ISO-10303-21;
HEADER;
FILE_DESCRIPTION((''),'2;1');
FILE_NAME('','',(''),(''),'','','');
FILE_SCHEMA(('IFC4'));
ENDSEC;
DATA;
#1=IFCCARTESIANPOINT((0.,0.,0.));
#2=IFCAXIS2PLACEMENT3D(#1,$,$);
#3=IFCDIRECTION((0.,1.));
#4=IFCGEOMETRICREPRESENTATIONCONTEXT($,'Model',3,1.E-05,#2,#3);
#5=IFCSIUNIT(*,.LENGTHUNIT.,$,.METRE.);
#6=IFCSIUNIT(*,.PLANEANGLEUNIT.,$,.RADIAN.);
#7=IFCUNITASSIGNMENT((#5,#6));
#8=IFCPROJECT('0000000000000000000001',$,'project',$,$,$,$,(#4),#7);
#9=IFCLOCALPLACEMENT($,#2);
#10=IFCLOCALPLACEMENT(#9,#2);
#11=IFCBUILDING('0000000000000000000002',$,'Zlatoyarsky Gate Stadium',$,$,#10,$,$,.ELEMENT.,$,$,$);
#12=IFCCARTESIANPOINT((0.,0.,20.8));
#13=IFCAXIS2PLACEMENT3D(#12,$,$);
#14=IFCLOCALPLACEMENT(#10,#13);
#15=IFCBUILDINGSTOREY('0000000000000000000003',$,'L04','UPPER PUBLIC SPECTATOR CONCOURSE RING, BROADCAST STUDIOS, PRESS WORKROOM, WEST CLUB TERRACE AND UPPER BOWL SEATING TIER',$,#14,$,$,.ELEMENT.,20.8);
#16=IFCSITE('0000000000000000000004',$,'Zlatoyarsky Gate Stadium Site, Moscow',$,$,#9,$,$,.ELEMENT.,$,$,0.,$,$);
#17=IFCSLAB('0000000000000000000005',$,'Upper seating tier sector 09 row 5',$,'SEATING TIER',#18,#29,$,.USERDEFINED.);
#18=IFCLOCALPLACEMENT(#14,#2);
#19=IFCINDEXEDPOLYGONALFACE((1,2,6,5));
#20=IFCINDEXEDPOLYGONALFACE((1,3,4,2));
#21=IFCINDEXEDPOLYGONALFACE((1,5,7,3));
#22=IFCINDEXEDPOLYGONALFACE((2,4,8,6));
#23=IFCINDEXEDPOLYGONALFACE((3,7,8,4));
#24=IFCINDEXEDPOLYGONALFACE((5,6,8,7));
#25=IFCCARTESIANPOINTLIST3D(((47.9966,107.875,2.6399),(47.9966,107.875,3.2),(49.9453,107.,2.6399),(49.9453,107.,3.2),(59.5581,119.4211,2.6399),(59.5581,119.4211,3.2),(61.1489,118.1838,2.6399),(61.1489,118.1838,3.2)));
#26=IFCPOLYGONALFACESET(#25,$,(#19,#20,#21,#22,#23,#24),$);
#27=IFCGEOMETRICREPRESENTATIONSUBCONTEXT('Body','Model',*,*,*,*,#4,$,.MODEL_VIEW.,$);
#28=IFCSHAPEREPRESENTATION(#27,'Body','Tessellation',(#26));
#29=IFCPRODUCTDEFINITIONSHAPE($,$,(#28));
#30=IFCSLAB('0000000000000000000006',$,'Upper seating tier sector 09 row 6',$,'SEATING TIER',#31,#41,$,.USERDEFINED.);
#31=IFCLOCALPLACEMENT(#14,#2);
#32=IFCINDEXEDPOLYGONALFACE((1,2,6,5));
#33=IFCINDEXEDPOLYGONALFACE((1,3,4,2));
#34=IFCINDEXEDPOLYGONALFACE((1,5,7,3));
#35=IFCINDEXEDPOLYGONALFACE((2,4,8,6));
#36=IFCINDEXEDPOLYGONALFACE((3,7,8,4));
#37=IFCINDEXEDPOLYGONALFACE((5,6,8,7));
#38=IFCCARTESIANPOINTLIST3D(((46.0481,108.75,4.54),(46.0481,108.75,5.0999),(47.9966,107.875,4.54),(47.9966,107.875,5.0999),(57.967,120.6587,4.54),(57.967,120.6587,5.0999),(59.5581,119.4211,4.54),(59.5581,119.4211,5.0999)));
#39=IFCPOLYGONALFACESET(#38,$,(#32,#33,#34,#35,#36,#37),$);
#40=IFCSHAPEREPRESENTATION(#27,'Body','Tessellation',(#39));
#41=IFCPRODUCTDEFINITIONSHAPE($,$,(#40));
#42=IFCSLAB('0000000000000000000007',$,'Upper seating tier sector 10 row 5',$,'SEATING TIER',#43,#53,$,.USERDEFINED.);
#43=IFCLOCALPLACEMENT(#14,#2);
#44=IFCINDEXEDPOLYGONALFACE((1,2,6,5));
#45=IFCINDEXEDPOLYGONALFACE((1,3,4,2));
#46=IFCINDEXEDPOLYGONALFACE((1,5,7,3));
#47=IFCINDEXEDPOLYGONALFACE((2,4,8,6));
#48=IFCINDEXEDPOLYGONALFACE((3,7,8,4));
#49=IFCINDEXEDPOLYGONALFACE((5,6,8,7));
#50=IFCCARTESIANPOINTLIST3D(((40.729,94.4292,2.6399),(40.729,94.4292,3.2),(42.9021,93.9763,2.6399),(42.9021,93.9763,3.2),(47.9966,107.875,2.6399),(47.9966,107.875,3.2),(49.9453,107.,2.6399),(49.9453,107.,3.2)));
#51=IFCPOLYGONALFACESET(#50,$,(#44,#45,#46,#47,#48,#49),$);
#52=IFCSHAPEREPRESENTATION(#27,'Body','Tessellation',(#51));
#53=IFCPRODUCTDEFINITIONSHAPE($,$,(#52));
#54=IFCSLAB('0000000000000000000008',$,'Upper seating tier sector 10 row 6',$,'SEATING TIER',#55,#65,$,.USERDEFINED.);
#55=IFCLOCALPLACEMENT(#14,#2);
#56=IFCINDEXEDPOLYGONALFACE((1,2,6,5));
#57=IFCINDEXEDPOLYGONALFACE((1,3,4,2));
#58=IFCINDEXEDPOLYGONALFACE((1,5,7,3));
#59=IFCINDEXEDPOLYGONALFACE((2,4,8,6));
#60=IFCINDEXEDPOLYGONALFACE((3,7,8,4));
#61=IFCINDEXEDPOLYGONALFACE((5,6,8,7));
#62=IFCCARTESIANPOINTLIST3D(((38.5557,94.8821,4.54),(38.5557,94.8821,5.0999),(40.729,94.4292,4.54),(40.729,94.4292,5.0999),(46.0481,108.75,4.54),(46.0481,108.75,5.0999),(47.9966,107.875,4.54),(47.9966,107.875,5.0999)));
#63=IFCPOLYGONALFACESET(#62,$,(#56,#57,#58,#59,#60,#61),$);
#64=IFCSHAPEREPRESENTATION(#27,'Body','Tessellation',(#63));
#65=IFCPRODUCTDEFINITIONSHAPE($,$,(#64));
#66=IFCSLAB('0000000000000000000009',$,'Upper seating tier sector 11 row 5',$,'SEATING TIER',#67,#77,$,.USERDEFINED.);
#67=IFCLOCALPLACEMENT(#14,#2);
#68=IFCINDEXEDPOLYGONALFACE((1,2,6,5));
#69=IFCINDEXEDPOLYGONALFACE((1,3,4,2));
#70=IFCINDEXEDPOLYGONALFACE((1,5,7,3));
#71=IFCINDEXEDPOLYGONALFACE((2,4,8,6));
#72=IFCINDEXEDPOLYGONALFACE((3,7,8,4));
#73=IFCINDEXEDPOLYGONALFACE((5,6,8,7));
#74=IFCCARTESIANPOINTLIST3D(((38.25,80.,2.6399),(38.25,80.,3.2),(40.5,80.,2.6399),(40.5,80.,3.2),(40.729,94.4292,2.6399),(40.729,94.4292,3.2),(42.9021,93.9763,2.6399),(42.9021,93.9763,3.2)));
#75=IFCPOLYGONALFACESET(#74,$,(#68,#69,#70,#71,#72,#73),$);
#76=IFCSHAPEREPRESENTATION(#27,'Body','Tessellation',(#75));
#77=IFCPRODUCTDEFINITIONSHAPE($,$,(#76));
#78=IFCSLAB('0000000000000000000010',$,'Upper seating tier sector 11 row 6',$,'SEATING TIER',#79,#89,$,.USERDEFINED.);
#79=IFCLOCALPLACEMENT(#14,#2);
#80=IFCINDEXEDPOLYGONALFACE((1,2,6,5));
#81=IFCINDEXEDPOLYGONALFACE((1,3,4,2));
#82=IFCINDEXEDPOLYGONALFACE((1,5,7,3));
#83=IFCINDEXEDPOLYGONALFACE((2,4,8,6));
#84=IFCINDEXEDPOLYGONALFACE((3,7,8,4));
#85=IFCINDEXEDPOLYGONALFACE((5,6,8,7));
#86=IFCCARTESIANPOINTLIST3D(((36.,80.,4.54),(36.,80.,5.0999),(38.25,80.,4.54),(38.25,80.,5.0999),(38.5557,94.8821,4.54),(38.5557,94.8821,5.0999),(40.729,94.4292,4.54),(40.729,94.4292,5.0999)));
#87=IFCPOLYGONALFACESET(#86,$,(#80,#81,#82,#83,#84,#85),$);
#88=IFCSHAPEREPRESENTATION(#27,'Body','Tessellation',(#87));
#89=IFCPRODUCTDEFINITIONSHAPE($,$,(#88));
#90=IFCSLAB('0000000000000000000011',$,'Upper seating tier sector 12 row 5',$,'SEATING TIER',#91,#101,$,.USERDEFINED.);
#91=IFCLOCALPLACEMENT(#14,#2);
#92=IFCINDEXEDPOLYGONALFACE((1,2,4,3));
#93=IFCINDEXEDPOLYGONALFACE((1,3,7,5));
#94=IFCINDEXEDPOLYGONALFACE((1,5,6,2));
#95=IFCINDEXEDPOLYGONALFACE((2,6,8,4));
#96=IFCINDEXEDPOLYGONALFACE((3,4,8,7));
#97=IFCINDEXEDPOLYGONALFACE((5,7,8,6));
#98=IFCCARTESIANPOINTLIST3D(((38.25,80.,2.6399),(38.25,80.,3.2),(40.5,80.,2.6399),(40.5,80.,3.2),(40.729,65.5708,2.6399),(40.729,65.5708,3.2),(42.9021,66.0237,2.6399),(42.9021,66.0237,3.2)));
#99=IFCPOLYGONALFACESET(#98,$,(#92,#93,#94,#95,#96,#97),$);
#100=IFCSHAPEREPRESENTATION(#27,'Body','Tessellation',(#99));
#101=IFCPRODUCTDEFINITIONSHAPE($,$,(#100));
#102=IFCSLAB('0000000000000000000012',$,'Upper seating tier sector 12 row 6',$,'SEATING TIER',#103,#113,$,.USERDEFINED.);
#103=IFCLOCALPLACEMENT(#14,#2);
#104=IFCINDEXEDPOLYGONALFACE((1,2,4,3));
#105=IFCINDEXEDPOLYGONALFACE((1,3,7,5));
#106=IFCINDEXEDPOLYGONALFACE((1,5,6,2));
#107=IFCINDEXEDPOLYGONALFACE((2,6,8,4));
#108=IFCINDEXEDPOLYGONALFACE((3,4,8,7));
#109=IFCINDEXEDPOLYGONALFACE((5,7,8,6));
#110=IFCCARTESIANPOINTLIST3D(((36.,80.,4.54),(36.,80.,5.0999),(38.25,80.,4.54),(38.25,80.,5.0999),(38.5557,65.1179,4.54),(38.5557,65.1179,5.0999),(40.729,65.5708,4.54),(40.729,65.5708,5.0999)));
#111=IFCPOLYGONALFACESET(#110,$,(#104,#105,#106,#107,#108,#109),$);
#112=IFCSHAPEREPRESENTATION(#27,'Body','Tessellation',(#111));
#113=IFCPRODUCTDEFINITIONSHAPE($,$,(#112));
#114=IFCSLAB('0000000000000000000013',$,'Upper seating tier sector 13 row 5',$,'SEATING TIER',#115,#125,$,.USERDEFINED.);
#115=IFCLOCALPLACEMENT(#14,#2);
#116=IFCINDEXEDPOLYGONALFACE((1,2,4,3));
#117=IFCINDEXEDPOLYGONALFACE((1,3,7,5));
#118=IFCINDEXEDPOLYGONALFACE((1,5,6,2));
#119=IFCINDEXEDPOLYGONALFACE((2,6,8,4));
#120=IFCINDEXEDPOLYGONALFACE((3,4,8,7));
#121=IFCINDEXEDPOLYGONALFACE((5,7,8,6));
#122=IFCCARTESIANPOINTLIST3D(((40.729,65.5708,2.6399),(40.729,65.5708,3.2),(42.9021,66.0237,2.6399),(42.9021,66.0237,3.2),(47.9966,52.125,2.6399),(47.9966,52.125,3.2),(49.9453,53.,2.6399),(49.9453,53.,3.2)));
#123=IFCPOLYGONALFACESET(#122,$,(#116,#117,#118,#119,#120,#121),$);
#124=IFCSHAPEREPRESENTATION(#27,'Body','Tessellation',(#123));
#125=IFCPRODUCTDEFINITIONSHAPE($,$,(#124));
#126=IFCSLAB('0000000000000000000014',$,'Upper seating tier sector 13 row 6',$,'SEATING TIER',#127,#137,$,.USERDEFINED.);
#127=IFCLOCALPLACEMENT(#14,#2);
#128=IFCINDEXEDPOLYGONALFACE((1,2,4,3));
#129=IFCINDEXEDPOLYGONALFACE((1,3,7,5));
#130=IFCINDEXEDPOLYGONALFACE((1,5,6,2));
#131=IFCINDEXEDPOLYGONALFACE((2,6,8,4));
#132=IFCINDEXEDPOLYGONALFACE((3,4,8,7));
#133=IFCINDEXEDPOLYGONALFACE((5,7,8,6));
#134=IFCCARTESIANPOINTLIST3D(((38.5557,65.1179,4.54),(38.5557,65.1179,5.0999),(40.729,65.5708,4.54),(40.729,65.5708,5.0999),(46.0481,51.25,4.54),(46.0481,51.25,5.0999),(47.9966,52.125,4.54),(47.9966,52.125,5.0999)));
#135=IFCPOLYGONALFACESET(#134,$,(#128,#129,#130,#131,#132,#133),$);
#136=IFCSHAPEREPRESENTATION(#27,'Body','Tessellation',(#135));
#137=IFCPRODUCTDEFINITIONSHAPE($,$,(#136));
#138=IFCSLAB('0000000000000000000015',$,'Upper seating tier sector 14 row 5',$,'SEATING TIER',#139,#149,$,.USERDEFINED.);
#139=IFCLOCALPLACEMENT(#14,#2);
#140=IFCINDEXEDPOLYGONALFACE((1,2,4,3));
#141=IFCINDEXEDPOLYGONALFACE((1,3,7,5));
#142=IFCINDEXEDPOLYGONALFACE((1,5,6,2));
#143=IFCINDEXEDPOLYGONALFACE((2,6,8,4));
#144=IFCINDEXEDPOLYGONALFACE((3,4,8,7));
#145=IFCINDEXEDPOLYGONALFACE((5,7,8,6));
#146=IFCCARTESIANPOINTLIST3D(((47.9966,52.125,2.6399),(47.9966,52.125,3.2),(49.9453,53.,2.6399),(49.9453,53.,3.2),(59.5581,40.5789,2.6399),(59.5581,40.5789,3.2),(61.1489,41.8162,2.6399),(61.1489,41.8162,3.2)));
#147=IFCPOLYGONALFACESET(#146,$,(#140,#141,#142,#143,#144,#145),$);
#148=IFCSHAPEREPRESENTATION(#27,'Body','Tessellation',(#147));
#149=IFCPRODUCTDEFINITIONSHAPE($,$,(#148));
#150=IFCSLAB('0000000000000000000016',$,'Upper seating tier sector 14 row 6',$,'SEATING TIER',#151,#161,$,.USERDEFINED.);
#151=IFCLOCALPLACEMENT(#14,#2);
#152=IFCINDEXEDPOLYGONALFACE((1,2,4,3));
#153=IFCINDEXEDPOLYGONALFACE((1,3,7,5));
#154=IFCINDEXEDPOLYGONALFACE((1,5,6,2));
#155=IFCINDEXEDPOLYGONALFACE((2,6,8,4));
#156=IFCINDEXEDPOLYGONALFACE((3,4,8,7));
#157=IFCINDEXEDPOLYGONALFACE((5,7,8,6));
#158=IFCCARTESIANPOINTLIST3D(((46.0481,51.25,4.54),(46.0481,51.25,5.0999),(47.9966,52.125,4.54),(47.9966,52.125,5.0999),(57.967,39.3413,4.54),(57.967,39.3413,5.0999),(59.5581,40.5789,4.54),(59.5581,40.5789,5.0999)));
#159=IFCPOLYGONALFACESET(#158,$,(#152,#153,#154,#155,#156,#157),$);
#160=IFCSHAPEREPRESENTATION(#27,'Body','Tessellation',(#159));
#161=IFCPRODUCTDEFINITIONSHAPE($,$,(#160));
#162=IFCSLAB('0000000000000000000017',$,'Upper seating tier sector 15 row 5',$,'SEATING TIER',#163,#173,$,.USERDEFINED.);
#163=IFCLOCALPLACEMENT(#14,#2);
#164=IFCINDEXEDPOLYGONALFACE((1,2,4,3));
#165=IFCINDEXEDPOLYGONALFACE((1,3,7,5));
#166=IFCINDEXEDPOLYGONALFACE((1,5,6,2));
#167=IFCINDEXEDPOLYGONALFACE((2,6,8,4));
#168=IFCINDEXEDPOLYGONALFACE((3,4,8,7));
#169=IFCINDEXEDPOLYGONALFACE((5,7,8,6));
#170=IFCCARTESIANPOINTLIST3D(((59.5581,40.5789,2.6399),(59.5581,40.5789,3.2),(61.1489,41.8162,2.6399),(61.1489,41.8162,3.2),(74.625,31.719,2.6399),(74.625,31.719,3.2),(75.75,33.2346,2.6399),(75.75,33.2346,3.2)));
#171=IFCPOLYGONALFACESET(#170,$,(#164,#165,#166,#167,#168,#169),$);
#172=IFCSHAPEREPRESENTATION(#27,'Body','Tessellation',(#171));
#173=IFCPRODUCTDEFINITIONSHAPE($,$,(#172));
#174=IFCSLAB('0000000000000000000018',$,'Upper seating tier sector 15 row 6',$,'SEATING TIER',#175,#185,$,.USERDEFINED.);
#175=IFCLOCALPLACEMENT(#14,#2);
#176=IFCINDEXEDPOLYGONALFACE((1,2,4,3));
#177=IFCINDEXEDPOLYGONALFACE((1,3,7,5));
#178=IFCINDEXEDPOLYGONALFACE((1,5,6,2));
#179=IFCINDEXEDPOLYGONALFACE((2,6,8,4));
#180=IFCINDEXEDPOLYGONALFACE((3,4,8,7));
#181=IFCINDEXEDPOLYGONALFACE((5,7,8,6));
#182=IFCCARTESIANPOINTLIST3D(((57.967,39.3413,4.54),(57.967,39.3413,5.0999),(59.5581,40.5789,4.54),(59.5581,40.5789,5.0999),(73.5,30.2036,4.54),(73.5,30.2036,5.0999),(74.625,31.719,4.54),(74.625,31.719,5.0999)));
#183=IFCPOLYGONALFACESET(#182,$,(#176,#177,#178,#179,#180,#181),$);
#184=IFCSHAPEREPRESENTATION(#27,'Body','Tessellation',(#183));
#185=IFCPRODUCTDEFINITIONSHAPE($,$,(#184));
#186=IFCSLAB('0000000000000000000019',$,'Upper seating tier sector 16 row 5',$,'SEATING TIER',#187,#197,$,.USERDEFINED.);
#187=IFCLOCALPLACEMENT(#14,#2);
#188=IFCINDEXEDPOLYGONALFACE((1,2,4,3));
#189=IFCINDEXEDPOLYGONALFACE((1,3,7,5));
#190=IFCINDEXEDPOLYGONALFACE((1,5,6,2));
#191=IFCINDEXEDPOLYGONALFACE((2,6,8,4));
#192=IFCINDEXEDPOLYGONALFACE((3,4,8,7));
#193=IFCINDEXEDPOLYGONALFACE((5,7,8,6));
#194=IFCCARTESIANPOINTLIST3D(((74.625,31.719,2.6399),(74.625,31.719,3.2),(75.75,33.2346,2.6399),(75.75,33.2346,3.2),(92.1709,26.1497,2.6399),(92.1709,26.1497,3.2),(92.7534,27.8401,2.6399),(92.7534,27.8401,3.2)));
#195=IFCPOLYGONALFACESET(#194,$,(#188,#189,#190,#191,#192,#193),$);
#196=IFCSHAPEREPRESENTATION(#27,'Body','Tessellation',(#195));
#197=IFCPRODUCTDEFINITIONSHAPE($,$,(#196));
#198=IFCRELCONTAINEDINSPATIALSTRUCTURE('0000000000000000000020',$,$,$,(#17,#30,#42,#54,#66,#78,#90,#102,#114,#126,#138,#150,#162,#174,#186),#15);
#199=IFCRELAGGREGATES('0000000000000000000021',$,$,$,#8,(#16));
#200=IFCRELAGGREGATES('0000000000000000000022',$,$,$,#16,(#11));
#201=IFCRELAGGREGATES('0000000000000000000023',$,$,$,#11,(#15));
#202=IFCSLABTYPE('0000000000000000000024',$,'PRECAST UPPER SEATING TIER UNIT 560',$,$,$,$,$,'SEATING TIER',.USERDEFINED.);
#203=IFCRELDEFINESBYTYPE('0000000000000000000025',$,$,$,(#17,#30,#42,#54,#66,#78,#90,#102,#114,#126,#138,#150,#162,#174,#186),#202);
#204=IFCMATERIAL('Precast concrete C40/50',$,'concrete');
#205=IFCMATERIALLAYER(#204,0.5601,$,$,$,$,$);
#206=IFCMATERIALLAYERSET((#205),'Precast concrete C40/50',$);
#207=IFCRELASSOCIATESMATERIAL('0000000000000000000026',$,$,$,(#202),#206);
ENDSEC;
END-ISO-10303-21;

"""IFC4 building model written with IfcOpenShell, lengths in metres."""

from ifc_helpers import new_model, si_unit, direction, frame, origin, place, context, subcontext, project, spatial, polyline, outline, extrude, material, layer, layer_set, type_object, element, save


model = new_model("IFC4")

# Units and contexts
model_context = context("Model", 3, precision=1e-05, world=origin(), true_north=direction((0.0, 1.0)))
body_context = subcontext(model_context, "Body", "Model", "MODEL_VIEW")
ifc_project = project(units=[si_unit("LENGTHUNIT", "METRE"), si_unit("PLANEANGLEUNIT", "RADIAN")], contexts=[model_context])

# Site, building, storey
site_placement = place(None, origin())
site = spatial("IfcSite", under=ifc_project, at=site_placement, Name="Zlatoyarsky Gate Stadium Site, Moscow", CompositionType="ELEMENT", RefElevation=0.0)
building_placement = place(site_placement, origin())
building = spatial("IfcBuilding", under=site, at=building_placement, Name="Zlatoyarsky Gate Stadium", CompositionType="ELEMENT")
storey_placement = place(building_placement, frame((0.0, 0.0, 20.8)))
storey = spatial("IfcBuildingStorey", under=building, at=storey_placement, Name="L04", Description="UPPER PUBLIC SPECTATOR CONCOURSE RING, BROADCAST STUDIOS, PRESS WORKROOM, WEST CLUB TERRACE AND UPPER BOWL SEATING TIER", CompositionType="ELEMENT", Elevation=20.8)

# Slabs
ifc_material = material(Name="Precast concrete C40/50", Category="concrete")
ifc_layer = layer(ifc_material, 0.5601)
ifc_layer_set = layer_set([ifc_layer], Name="Precast concrete C40/50")
slab_type = type_object("IfcSlabType", Name="PRECAST UPPER SEATING TIER UNIT 560", ElementType="SEATING TIER", PredefinedType="USERDEFINED", material=ifc_layer_set)
slab_1_placement = place(storey_placement, frame((0.0, 0.0, 2.6399)))
element("IfcSlab", 1, at=slab_1_placement, inside=storey, type_object=slab_type, Name="Upper seating tier sector 09 row 5", ObjectType="SEATING TIER", PredefinedType="USERDEFINED", context=body_context, shape_type="SweptSolid", body=[
    extrude(outline(polyline([(61.1489, 118.1838), (59.5581, 119.4211), (47.9966, 107.875), (49.9453, 107.0), (61.1489, 118.1838)])), origin(), (0.0, 0.0, 1.0), 0.5601),
])
slab_2_placement = place(storey_placement, frame((0.0, 0.0, 4.54)))
element("IfcSlab", 2, at=slab_2_placement, inside=storey, type_object=slab_type, Name="Upper seating tier sector 09 row 6", ObjectType="SEATING TIER", PredefinedType="USERDEFINED", context=body_context, shape_type="SweptSolid", body=[
    extrude(outline(polyline([(59.5581, 119.4211), (57.967, 120.6587), (46.0481, 108.75), (47.9966, 107.875), (59.5581, 119.4211)])), origin(), (0.0, 0.0, 1.0), 0.5598),
])
slab_3_placement = place(storey_placement, frame((0.0, 0.0, 2.6399)))
element("IfcSlab", 3, at=slab_3_placement, inside=storey, type_object=slab_type, Name="Upper seating tier sector 10 row 5", ObjectType="SEATING TIER", PredefinedType="USERDEFINED", context=body_context, shape_type="SweptSolid", body=[
    extrude(outline(polyline([(49.9453, 107.0), (47.9966, 107.875), (40.729, 94.4292), (42.9021, 93.9763), (49.9453, 107.0)])), origin(), (0.0, 0.0, 1.0), 0.5601),
])
slab_4_placement = place(storey_placement, frame((0.0, 0.0, 4.54)))
element("IfcSlab", 4, at=slab_4_placement, inside=storey, type_object=slab_type, Name="Upper seating tier sector 10 row 6", ObjectType="SEATING TIER", PredefinedType="USERDEFINED", context=body_context, shape_type="SweptSolid", body=[
    extrude(outline(polyline([(47.9966, 107.875), (46.0481, 108.75), (38.5557, 94.8821), (40.729, 94.4292), (47.9966, 107.875)])), origin(), (0.0, 0.0, 1.0), 0.5598),
])
slab_5_placement = place(storey_placement, frame((0.0, 0.0, 2.6399)))
element("IfcSlab", 5, at=slab_5_placement, inside=storey, type_object=slab_type, Name="Upper seating tier sector 11 row 5", ObjectType="SEATING TIER", PredefinedType="USERDEFINED", context=body_context, shape_type="SweptSolid", body=[
    extrude(outline(polyline([(42.9021, 93.9763), (40.729, 94.4292), (38.25, 80.0), (40.5, 80.0), (42.9021, 93.9763)])), origin(), (0.0, 0.0, 1.0), 0.5601),
])
slab_6_placement = place(storey_placement, frame((0.0, 0.0, 4.54)))
element("IfcSlab", 6, at=slab_6_placement, inside=storey, type_object=slab_type, Name="Upper seating tier sector 11 row 6", ObjectType="SEATING TIER", PredefinedType="USERDEFINED", context=body_context, shape_type="SweptSolid", body=[
    extrude(outline(polyline([(40.729, 94.4292), (38.5557, 94.8821), (36.0, 80.0), (38.25, 80.0), (40.729, 94.4292)])), origin(), (0.0, 0.0, 1.0), 0.5598),
])
slab_7_placement = place(storey_placement, frame((0.0, 0.0, 2.6399)))
element("IfcSlab", 7, at=slab_7_placement, inside=storey, type_object=slab_type, Name="Upper seating tier sector 12 row 5", ObjectType="SEATING TIER", PredefinedType="USERDEFINED", context=body_context, shape_type="SweptSolid", body=[
    extrude(outline(polyline([(40.5, 80.0), (38.25, 80.0), (40.729, 65.5708), (42.9021, 66.0237), (40.5, 80.0)])), origin(), (0.0, 0.0, 1.0), 0.5601),
])
slab_8_placement = place(storey_placement, frame((0.0, 0.0, 4.54)))
element("IfcSlab", 8, at=slab_8_placement, inside=storey, type_object=slab_type, Name="Upper seating tier sector 12 row 6", ObjectType="SEATING TIER", PredefinedType="USERDEFINED", context=body_context, shape_type="SweptSolid", body=[
    extrude(outline(polyline([(38.25, 80.0), (36.0, 80.0), (38.5557, 65.1179), (40.729, 65.5708), (38.25, 80.0)])), origin(), (0.0, 0.0, 1.0), 0.5598),
])
slab_9_placement = place(storey_placement, frame((0.0, 0.0, 2.6399)))
element("IfcSlab", 9, at=slab_9_placement, inside=storey, type_object=slab_type, Name="Upper seating tier sector 13 row 5", ObjectType="SEATING TIER", PredefinedType="USERDEFINED", context=body_context, shape_type="SweptSolid", body=[
    extrude(outline(polyline([(42.9021, 66.0237), (40.729, 65.5708), (47.9966, 52.125), (49.9453, 53.0), (42.9021, 66.0237)])), origin(), (0.0, 0.0, 1.0), 0.5601),
])
slab_10_placement = place(storey_placement, frame((0.0, 0.0, 4.54)))
element("IfcSlab", 10, at=slab_10_placement, inside=storey, type_object=slab_type, Name="Upper seating tier sector 13 row 6", ObjectType="SEATING TIER", PredefinedType="USERDEFINED", context=body_context, shape_type="SweptSolid", body=[
    extrude(outline(polyline([(40.729, 65.5708), (38.5557, 65.1179), (46.0481, 51.25), (47.9966, 52.125), (40.729, 65.5708)])), origin(), (0.0, 0.0, 1.0), 0.5598),
])
slab_11_placement = place(storey_placement, frame((0.0, 0.0, 2.6399)))
element("IfcSlab", 11, at=slab_11_placement, inside=storey, type_object=slab_type, Name="Upper seating tier sector 14 row 5", ObjectType="SEATING TIER", PredefinedType="USERDEFINED", context=body_context, shape_type="SweptSolid", body=[
    extrude(outline(polyline([(49.9453, 53.0), (47.9966, 52.125), (59.5581, 40.5789), (61.1489, 41.8162), (49.9453, 53.0)])), origin(), (0.0, 0.0, 1.0), 0.5601),
])
slab_12_placement = place(storey_placement, frame((0.0, 0.0, 4.54)))
element("IfcSlab", 12, at=slab_12_placement, inside=storey, type_object=slab_type, Name="Upper seating tier sector 14 row 6", ObjectType="SEATING TIER", PredefinedType="USERDEFINED", context=body_context, shape_type="SweptSolid", body=[
    extrude(outline(polyline([(47.9966, 52.125), (46.0481, 51.25), (57.967, 39.3413), (59.5581, 40.5789), (47.9966, 52.125)])), origin(), (0.0, 0.0, 1.0), 0.5598),
])
slab_13_placement = place(storey_placement, frame((0.0, 0.0, 2.6399)))
element("IfcSlab", 13, at=slab_13_placement, inside=storey, type_object=slab_type, Name="Upper seating tier sector 15 row 5", ObjectType="SEATING TIER", PredefinedType="USERDEFINED", context=body_context, shape_type="SweptSolid", body=[
    extrude(outline(polyline([(61.1489, 41.8162), (59.5581, 40.5789), (74.625, 31.719), (75.75, 33.2346), (61.1489, 41.8162)])), origin(), (0.0, 0.0, 1.0), 0.5601),
])
slab_14_placement = place(storey_placement, frame((0.0, 0.0, 4.54)))
element("IfcSlab", 14, at=slab_14_placement, inside=storey, type_object=slab_type, Name="Upper seating tier sector 15 row 6", ObjectType="SEATING TIER", PredefinedType="USERDEFINED", context=body_context, shape_type="SweptSolid", body=[
    extrude(outline(polyline([(59.5581, 40.5789), (57.967, 39.3413), (73.5, 30.2036), (74.625, 31.719), (59.5581, 40.5789)])), origin(), (0.0, 0.0, 1.0), 0.5598),
])
slab_15_placement = place(storey_placement, frame((0.0, 0.0, 2.6399)))
element("IfcSlab", 15, at=slab_15_placement, inside=storey, type_object=slab_type, Name="Upper seating tier sector 16 row 5", ObjectType="SEATING TIER", PredefinedType="USERDEFINED", context=body_context, shape_type="SweptSolid", body=[
    extrude(outline(polyline([(75.75, 33.2346), (74.625, 31.719), (92.1709, 26.1497), (92.7534, 27.8401), (75.75, 33.2346)])), origin(), (0.0, 0.0, 1.0), 0.5601),
])

save(model, "model.ifc")
